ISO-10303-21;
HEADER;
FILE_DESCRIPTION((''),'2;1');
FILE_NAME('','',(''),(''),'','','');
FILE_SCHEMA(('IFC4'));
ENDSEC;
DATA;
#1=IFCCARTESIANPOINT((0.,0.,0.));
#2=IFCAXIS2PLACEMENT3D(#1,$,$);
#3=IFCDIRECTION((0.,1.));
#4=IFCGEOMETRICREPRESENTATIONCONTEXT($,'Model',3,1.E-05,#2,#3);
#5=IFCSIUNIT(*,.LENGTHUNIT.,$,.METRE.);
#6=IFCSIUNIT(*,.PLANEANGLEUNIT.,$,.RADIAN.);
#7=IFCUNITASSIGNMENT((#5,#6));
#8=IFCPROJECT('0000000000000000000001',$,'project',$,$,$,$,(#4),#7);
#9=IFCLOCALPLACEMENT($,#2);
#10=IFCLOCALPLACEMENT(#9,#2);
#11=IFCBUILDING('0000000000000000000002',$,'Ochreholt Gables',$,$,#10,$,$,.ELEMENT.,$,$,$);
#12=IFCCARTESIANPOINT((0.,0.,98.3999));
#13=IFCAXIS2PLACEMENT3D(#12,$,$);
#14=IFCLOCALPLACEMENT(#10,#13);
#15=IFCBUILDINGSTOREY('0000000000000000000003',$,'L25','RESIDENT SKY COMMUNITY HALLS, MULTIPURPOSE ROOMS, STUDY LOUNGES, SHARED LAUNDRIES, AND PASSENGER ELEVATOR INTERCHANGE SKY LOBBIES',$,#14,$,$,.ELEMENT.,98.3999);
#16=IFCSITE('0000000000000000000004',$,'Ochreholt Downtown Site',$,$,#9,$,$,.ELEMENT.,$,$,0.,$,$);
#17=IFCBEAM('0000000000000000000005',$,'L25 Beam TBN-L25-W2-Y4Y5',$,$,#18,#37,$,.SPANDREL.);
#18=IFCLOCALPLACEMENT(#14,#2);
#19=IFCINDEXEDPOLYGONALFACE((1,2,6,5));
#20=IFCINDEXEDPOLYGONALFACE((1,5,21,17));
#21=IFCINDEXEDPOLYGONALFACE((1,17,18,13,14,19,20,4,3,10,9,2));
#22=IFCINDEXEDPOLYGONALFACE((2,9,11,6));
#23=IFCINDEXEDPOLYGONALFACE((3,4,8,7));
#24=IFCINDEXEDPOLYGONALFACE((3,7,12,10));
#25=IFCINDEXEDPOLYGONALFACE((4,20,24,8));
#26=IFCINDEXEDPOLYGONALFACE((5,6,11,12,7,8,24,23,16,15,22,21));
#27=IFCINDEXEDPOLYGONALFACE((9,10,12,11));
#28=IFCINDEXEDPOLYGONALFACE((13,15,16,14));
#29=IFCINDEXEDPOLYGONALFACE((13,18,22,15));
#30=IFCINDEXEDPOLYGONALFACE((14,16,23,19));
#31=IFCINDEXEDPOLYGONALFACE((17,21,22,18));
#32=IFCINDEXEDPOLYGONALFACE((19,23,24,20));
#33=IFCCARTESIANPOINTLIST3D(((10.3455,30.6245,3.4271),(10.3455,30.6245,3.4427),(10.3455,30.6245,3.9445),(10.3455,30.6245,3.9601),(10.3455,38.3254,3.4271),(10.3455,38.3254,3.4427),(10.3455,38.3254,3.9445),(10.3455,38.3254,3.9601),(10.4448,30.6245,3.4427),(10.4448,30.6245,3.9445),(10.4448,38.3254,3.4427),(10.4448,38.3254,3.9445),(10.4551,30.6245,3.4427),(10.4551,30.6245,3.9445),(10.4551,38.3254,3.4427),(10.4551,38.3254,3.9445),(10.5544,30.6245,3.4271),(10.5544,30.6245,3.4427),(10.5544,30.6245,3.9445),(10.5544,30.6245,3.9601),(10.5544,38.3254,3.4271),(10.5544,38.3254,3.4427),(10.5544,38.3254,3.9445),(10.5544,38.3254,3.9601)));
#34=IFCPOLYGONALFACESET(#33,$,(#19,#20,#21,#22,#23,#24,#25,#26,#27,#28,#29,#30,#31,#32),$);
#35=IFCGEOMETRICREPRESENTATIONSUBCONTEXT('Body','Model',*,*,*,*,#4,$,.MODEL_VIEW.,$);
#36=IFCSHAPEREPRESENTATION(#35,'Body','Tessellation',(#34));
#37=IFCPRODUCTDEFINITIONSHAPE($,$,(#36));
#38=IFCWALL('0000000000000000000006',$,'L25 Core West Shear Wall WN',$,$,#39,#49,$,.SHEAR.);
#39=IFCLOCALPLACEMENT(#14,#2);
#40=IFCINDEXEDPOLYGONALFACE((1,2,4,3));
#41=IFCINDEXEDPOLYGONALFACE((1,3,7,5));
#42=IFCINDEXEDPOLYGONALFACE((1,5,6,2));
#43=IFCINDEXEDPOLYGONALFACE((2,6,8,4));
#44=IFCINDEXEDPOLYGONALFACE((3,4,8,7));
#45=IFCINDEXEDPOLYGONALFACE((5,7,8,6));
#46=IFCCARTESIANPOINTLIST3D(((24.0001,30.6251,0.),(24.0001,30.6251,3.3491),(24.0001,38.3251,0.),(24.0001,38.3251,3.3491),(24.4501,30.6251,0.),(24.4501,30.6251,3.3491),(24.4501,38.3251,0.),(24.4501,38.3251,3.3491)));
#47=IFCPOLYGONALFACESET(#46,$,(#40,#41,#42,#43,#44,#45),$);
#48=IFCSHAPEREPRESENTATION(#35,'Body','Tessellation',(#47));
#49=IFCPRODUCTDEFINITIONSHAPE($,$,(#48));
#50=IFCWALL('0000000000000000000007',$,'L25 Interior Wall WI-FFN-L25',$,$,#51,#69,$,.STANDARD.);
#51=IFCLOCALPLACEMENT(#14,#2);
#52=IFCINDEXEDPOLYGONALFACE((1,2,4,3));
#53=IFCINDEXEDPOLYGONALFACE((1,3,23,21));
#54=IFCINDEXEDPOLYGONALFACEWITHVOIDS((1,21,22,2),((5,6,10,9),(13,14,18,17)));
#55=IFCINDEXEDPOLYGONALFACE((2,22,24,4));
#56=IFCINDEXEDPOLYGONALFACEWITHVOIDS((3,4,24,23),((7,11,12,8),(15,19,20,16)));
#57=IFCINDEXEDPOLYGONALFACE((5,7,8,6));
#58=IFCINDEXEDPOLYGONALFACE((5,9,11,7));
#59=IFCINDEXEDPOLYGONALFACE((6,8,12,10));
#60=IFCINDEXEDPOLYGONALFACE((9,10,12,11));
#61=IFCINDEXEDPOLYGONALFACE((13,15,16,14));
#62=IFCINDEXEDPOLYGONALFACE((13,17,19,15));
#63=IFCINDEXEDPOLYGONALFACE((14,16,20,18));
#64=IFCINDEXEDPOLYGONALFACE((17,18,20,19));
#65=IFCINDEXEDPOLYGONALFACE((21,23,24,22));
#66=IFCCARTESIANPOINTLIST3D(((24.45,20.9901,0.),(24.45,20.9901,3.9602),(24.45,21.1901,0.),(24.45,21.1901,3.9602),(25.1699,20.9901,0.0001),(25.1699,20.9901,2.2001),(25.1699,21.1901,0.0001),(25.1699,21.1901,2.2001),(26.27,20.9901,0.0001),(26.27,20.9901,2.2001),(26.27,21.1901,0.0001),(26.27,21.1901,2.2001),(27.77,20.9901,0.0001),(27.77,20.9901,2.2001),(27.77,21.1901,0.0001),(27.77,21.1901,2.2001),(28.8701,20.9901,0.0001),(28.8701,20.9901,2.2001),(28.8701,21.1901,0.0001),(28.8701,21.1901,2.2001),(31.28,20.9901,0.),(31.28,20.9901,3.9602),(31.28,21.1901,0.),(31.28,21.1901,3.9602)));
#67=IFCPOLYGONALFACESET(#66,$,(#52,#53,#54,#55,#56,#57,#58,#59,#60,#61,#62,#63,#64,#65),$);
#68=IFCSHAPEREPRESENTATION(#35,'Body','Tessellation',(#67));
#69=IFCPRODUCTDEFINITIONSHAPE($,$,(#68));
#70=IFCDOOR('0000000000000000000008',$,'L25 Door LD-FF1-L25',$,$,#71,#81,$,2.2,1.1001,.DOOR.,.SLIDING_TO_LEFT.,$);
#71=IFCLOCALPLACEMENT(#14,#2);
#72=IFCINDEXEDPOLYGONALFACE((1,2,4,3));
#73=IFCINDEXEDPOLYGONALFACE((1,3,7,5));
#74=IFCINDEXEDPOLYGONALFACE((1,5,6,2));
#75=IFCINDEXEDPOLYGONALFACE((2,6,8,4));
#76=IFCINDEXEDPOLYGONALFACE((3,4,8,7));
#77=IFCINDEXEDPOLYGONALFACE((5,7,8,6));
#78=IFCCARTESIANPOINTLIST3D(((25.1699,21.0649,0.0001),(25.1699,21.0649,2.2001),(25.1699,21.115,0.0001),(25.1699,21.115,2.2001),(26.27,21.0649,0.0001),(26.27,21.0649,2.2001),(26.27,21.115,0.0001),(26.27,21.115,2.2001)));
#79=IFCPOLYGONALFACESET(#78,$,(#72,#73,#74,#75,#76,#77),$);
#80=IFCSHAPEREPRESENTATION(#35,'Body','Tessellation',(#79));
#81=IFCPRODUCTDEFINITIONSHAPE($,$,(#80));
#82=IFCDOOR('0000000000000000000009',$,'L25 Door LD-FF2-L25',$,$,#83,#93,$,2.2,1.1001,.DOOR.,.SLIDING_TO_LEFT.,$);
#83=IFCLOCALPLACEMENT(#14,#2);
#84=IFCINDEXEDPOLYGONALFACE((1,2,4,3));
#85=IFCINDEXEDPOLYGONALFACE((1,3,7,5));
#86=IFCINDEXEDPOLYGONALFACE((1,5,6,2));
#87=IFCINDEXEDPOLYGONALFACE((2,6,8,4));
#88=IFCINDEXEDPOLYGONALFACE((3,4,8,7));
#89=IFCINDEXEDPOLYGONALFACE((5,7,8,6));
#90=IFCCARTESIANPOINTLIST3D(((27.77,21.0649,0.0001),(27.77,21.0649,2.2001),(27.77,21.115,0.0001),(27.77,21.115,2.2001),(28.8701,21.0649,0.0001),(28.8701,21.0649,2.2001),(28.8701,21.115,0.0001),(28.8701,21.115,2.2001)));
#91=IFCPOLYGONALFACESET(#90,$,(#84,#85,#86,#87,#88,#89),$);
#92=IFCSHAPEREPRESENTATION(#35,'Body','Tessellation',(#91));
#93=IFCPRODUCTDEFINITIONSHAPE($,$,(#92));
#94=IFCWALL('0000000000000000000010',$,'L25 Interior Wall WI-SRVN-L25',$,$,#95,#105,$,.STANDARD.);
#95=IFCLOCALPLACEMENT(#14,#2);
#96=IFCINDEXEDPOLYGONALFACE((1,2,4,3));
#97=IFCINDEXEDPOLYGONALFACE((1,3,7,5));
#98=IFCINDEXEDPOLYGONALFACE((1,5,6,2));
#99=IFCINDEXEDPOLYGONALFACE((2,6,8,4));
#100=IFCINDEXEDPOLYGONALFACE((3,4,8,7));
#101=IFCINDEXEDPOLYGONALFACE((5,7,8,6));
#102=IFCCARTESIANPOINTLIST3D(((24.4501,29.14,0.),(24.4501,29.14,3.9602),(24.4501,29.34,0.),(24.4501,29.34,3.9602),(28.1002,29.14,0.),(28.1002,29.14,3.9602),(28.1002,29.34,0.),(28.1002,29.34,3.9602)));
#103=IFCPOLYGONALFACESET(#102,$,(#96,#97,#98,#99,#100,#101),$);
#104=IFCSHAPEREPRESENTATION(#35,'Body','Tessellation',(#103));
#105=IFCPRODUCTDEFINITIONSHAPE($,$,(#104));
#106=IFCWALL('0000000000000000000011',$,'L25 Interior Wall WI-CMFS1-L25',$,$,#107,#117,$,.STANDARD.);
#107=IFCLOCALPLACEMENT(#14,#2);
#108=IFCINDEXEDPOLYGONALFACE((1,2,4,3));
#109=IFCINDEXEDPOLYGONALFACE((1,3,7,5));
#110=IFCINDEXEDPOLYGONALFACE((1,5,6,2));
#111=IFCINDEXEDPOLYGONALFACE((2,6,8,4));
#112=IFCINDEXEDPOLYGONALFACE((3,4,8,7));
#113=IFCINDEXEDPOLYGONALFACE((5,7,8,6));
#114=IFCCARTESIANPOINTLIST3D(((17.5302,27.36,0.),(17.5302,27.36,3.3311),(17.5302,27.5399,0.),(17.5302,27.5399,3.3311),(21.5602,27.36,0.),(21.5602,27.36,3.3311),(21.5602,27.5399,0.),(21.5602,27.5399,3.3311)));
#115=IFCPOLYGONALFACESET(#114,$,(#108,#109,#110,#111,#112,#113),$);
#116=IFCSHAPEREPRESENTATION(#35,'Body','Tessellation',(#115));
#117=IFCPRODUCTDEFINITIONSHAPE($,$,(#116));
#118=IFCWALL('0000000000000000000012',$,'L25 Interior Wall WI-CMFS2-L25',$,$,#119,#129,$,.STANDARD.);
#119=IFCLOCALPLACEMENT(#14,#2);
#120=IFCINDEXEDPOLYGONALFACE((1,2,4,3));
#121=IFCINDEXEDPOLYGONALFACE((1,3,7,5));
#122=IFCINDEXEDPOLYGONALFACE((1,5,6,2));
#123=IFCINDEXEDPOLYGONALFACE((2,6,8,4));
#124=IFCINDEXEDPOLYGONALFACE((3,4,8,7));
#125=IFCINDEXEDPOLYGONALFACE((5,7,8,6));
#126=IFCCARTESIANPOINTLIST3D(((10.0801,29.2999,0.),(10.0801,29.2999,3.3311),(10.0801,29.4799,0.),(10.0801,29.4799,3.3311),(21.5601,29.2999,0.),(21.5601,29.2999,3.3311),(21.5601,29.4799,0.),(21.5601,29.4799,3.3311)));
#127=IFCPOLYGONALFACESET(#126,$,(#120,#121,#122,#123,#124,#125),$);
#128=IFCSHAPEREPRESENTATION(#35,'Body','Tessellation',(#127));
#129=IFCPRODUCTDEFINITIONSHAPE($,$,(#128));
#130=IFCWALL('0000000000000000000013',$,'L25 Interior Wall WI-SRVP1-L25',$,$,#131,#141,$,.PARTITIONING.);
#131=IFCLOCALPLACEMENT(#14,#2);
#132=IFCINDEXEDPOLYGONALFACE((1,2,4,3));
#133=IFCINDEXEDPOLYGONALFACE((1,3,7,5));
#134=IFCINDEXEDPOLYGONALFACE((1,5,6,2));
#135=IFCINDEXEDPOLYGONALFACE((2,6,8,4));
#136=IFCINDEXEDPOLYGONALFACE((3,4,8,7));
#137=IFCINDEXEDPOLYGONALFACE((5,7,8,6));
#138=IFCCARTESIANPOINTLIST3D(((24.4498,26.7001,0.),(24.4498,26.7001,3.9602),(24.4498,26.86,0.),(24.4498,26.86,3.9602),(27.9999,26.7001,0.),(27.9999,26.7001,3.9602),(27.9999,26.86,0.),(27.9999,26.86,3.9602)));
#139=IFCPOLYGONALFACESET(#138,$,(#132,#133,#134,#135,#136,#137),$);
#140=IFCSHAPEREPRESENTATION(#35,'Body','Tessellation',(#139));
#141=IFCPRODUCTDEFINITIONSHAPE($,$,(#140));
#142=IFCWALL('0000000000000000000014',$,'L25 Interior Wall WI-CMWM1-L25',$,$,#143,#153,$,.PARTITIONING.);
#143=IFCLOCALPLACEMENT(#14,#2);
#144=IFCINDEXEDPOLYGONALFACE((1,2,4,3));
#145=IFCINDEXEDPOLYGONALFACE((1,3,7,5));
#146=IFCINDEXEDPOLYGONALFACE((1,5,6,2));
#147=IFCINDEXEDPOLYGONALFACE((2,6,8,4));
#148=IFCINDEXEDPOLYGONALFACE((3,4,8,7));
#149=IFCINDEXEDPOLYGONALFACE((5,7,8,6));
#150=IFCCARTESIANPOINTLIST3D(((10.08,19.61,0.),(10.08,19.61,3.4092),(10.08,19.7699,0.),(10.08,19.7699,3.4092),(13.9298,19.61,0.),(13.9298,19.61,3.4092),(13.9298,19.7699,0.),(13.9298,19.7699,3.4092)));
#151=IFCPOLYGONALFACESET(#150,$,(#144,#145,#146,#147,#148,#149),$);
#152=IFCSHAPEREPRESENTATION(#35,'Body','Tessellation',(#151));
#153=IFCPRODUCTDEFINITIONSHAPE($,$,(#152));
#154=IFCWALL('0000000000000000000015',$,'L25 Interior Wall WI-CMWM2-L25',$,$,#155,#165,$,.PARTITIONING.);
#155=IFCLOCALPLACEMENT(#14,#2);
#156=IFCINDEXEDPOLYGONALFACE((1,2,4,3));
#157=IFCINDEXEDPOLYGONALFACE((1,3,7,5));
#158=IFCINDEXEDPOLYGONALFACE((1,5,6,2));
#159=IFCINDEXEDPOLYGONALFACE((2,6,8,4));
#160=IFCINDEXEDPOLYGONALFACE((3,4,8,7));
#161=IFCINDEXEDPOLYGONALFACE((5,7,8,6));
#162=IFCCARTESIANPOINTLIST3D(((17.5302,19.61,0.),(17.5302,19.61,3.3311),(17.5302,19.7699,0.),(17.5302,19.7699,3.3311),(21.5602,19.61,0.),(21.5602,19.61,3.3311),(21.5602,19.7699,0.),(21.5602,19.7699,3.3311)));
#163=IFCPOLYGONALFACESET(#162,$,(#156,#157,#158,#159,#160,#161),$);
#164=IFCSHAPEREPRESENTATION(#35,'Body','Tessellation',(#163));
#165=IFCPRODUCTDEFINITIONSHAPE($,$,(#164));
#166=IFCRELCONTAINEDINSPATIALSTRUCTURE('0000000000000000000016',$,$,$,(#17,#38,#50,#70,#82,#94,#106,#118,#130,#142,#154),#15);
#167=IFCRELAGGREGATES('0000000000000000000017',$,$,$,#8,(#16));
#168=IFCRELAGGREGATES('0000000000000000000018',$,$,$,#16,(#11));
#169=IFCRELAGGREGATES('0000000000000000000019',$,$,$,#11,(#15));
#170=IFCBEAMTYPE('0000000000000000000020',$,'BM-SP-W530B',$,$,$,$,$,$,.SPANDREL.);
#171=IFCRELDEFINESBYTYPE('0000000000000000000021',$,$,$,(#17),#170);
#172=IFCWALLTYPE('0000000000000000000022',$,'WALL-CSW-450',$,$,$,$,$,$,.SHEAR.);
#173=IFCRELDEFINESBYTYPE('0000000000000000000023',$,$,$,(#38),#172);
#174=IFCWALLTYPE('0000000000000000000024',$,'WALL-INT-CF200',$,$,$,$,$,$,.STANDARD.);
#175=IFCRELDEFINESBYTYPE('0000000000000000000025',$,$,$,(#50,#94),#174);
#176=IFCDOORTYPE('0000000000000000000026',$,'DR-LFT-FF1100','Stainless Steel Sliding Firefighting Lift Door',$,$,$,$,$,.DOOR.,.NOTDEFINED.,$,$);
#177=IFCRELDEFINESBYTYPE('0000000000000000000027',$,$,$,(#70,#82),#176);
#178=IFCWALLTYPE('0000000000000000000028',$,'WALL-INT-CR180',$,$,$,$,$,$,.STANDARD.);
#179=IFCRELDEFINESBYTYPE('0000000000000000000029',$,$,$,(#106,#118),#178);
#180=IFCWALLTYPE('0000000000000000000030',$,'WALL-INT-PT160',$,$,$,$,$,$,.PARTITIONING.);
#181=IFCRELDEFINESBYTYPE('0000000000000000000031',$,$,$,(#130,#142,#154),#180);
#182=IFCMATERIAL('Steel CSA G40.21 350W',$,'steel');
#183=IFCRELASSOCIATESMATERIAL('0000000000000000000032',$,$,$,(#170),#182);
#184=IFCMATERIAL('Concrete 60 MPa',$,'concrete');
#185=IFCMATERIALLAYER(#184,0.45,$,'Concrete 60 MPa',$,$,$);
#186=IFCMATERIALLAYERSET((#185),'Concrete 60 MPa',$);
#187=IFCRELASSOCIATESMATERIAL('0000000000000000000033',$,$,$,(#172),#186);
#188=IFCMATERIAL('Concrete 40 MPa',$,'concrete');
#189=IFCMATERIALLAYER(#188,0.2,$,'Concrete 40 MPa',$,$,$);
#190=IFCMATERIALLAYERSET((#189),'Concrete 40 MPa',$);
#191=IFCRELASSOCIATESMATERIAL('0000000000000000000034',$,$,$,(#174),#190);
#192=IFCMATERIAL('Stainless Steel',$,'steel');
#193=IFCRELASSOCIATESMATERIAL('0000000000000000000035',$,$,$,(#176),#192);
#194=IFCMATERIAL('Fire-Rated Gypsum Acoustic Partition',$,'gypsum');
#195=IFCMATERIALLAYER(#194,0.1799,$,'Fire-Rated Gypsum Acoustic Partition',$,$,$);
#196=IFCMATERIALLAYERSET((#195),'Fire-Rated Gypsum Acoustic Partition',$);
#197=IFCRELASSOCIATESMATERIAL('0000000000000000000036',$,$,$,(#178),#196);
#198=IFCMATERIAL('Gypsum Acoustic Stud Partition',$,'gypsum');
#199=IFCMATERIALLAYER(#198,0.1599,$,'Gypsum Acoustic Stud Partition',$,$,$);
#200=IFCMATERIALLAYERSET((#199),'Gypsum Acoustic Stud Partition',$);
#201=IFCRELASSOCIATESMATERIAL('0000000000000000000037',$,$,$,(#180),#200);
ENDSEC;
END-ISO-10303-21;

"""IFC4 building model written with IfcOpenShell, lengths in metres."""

from ifc_helpers import new_model, si_unit, direction, frame, frame_2d, origin, origin_2d, place, context, subcontext, project, spatial, rectangle, i_section, extrude, material, layer, layer_set, material_profile, profile_set, type_object, element, fill, save


model = new_model("IFC4")

# Units and contexts
model_context = context("Model", 3, precision=1e-05, world=origin(), true_north=direction((0.0, 1.0)))
body_context = subcontext(model_context, "Body", "Model", "MODEL_VIEW")
ifc_project = project(units=[si_unit("LENGTHUNIT", "METRE"), si_unit("PLANEANGLEUNIT", "RADIAN")], contexts=[model_context])

# Site, building, storey
site_placement = place(None, origin())
site = spatial("IfcSite", under=ifc_project, at=site_placement, Name="Ochreholt Downtown Site", CompositionType="ELEMENT", RefElevation=0.0)
building_placement = place(site_placement, origin())
building = spatial("IfcBuilding", under=site, at=building_placement, Name="Ochreholt Gables", CompositionType="ELEMENT")
storey_placement = place(building_placement, frame((0.0, 0.0, 98.3999)))
storey = spatial("IfcBuildingStorey", under=building, at=storey_placement, Name="L25", Description="RESIDENT SKY COMMUNITY HALLS, MULTIPURPOSE ROOMS, STUDY LOUNGES, SHARED LAUNDRIES, AND PASSENGER ELEVATOR INTERCHANGE SKY LOBBIES", CompositionType="ELEMENT", Elevation=98.3999)

# Shared definitions
ifc_material_1 = material(Name="Concrete 60 MPa", Category="concrete")

# Beam
ifc_material_2 = material(Name="Steel CSA G40.21 350W", Category="steel")
ifc_material_profile_1 = material_profile(ifc_material_2, i_section(OverallWidth=0.209, OverallDepth=0.533, WebThickness=0.0103, FlangeThickness=0.0156, at=origin_2d()), Name="W530X92")
ifc_profile_set_1 = profile_set([ifc_material_profile_1], Name="Steel CSA G40.21 350W")
beam_type_1 = type_object("IfcBeamType", Name="BM-SP-W530B", PredefinedType="SPANDREL", material=ifc_profile_set_1)
beam_1_placement = place(storey_placement, frame((10.45, 30.6245, 3.6936), z_axis=(0.0, 1.0, 0.0), x_axis=(-1.0, 0.0, 0.0)))
element("IfcBeam", 1, at=beam_1_placement, inside=storey, type_object=beam_type_1, Name="L25 Beam TBN-L25-W2-Y4Y5", PredefinedType="SPANDREL", context=body_context, shape_type="SweptSolid", body=[
    extrude(i_section(OverallWidth=0.209, OverallDepth=0.533, WebThickness=0.0103, FlangeThickness=0.0156, at=origin_2d()), origin(), (0.0, 0.0, 1.0), 7.7009),
])

# Wall
ifc_layer_1 = layer(ifc_material_1, 0.45, Name="Concrete 60 MPa")
ifc_layer_set_1 = layer_set([ifc_layer_1], Name="Concrete 60 MPa")
wall_type_1 = type_object("IfcWallType", Name="WALL-CSW-450", PredefinedType="SHEAR", material=ifc_layer_set_1)
wall_1_placement = place(storey_placement, frame((24.2251, 30.625, 0.0), z_axis=(0.0, 0.0, 1.0), x_axis=(0.0, 1.0, 0.0)))
element("IfcWall", 2, at=wall_1_placement, inside=storey, type_object=wall_type_1, Name="L25 Core West Shear Wall WN", PredefinedType="SHEAR", context=body_context, shape_type="SweptSolid", body=[
    extrude(rectangle(XDim=7.7, YDim=0.45, at=frame_2d((3.8501, 0.0))), origin(), (0.0, 0.0, 1.0), 3.3491),
])

# Wall, openings, doors
ifc_material_3 = material(Name="Concrete 40 MPa", Category="concrete")
ifc_layer_2 = layer(ifc_material_3, 0.2, Name="Concrete 40 MPa")
ifc_layer_set_2 = layer_set([ifc_layer_2], Name="Concrete 40 MPa")
wall_type_2 = type_object("IfcWallType", Name="WALL-INT-CF200", PredefinedType="STANDARD", material=ifc_layer_set_2)
wall_2_placement = place(storey_placement, frame((24.45, 21.0901, 0.0), z_axis=(0.0, 0.0, 1.0), x_axis=(1.0, 0.0, 0.0)))
wall_2 = element("IfcWall", 3, at=wall_2_placement, inside=storey, type_object=wall_type_2, Name="L25 Interior Wall WI-FFN-L25", PredefinedType="STANDARD", context=body_context, shape_type="SweptSolid", body=[
    extrude(rectangle(XDim=6.8301, YDim=0.2, at=frame_2d((3.415, 0.0))), origin(), (0.0, 0.0, 1.0), 3.9602),
])
opening_1_placement = place(wall_2_placement, frame((0.72, 0.0, 0.0)))
opening_1 = element("IfcOpeningElement", 4, at=opening_1_placement, cuts=wall_2, PredefinedType="OPENING", context=body_context, shape_type="SweptSolid", body=[
    extrude(rectangle(XDim=1.1001, YDim=2.2, at=frame_2d((0.55, 1.1001))), frame((0.0, 0.1099, 0.0), z_axis=(0.0, -1.0, 0.0), x_axis=(1.0, 0.0, 0.0)), (0.0, 0.0, 1.0), 0.22),
])
opening_2_placement = place(wall_2_placement, frame((3.3201, 0.0, 0.0)))
opening_2 = element("IfcOpeningElement", 5, at=opening_2_placement, cuts=wall_2, PredefinedType="OPENING", context=body_context, shape_type="SweptSolid", body=[
    extrude(rectangle(XDim=1.1001, YDim=2.2, at=frame_2d((0.55, 1.1001))), frame((0.0, 0.1099, 0.0), z_axis=(0.0, -1.0, 0.0), x_axis=(1.0, 0.0, 0.0)), (0.0, 0.0, 1.0), 0.22),
])
ifc_material_4 = material(Name="Stainless Steel", Category="steel")
door_type_1 = type_object("IfcDoorType", Name="DR-LFT-FF1100", Description="Stainless Steel Sliding Firefighting Lift Door", OperationType="NOTDEFINED", PredefinedType="DOOR", material=ifc_material_4)
door_1_placement = place(opening_1_placement, origin())
door_1 = element("IfcDoor", 6, at=door_1_placement, inside=storey, type_object=door_type_1, Name="L25 Door LD-FF1-L25", OperationType="SLIDING_TO_LEFT", OverallHeight=2.2, OverallWidth=1.1001, PredefinedType="DOOR", context=body_context, shape_type="SweptSolid", body=[
    extrude(rectangle(XDim=1.1001, YDim=2.2, at=frame_2d((0.55, 1.1001))), frame((0.0, 0.0249, 0.0), z_axis=(0.0, -1.0, 0.0), x_axis=(1.0, 0.0, 0.0)), (0.0, 0.0, 1.0), 0.05),
])
fill(opening_1, door_1)
door_2_placement = place(opening_2_placement, origin())
door_2 = element("IfcDoor", 7, at=door_2_placement, inside=storey, type_object=door_type_1, Name="L25 Door LD-FF2-L25", OperationType="SLIDING_TO_LEFT", OverallHeight=2.2, OverallWidth=1.1001, PredefinedType="DOOR", context=body_context, shape_type="SweptSolid", body=[
    extrude(rectangle(XDim=1.1001, YDim=2.2, at=frame_2d((0.55, 1.1001))), frame((0.0, 0.0249, 0.0), z_axis=(0.0, -1.0, 0.0), x_axis=(1.0, 0.0, 0.0)), (0.0, 0.0, 1.0), 0.05),
])
fill(opening_2, door_2)

# Walls
wall_3_placement = place(storey_placement, frame((24.45, 29.24, 0.0), z_axis=(0.0, 0.0, 1.0), x_axis=(1.0, 0.0, 0.0)))
element("IfcWall", 8, at=wall_3_placement, inside=storey, type_object=wall_type_2, Name="L25 Interior Wall WI-SRVN-L25", PredefinedType="STANDARD", context=body_context, shape_type="SweptSolid", body=[
    extrude(rectangle(XDim=3.6501, YDim=0.2, at=frame_2d((1.8252, 0.0))), origin(), (0.0, 0.0, 1.0), 3.9602),
])
ifc_material_5 = material(Name="Fire-Rated Gypsum Acoustic Partition", Category="gypsum")
ifc_layer_3 = layer(ifc_material_5, 0.1799, Name="Fire-Rated Gypsum Acoustic Partition")
ifc_layer_set_3 = layer_set([ifc_layer_3], Name="Fire-Rated Gypsum Acoustic Partition")
wall_type_3 = type_object("IfcWallType", Name="WALL-INT-CR180", PredefinedType="STANDARD", material=ifc_layer_set_3)
wall_4_placement = place(storey_placement, frame((17.53, 27.45, 0.0), z_axis=(0.0, 0.0, 1.0), x_axis=(1.0, 0.0, 0.0)))
element("IfcWall", 9, at=wall_4_placement, inside=storey, type_object=wall_type_3, Name="L25 Interior Wall WI-CMFS1-L25", PredefinedType="STANDARD", context=body_context, shape_type="SweptSolid", body=[
    extrude(rectangle(XDim=4.03, YDim=0.1799, at=frame_2d((2.0151, 0.0))), origin(), (0.0, 0.0, 1.0), 3.3311),
])
wall_5_placement = place(storey_placement, frame((10.0801, 29.3899, 0.0), z_axis=(0.0, 0.0, 1.0), x_axis=(1.0, 0.0, 0.0)))
element("IfcWall", 10, at=wall_5_placement, inside=storey, type_object=wall_type_3, Name="L25 Interior Wall WI-CMFS2-L25", PredefinedType="STANDARD", context=body_context, shape_type="SweptSolid", body=[
    extrude(rectangle(XDim=11.48, YDim=0.1799, at=frame_2d((5.74, 0.0))), origin(), (0.0, 0.0, 1.0), 3.3311),
])

# Walls
ifc_material_6 = material(Name="Gypsum Acoustic Stud Partition", Category="gypsum")
ifc_layer_4 = layer(ifc_material_6, 0.1599, Name="Gypsum Acoustic Stud Partition")
ifc_layer_set_4 = layer_set([ifc_layer_4], Name="Gypsum Acoustic Stud Partition")
wall_type_4 = type_object("IfcWallType", Name="WALL-INT-PT160", PredefinedType="PARTITIONING", material=ifc_layer_set_4)
wall_6_placement = place(storey_placement, frame((24.45, 26.78, 0.0), z_axis=(0.0, 0.0, 1.0), x_axis=(1.0, 0.0, 0.0)))
element("IfcWall", 11, at=wall_6_placement, inside=storey, type_object=wall_type_4, Name="L25 Interior Wall WI-SRVP1-L25", PredefinedType="PARTITIONING", context=body_context, shape_type="SweptSolid", body=[
    extrude(rectangle(XDim=3.55, YDim=0.1599, at=frame_2d((1.7749, 0.0))), origin(), (0.0, 0.0, 1.0), 3.9602),
])
wall_7_placement = place(storey_placement, frame((10.0801, 19.6899, 0.0), z_axis=(0.0, 0.0, 1.0), x_axis=(1.0, 0.0, 0.0)))
element("IfcWall", 12, at=wall_7_placement, inside=storey, type_object=wall_type_4, Name="L25 Interior Wall WI-CMWM1-L25", PredefinedType="PARTITIONING", context=body_context, shape_type="SweptSolid", body=[
    extrude(rectangle(XDim=3.8499, YDim=0.1599, at=frame_2d((1.9248, 0.0))), origin(), (0.0, 0.0, 1.0), 3.4092),
])
wall_8_placement = place(storey_placement, frame((17.53, 19.6899, 0.0), z_axis=(0.0, 0.0, 1.0), x_axis=(1.0, 0.0, 0.0)))
element("IfcWall", 13, at=wall_8_placement, inside=storey, type_object=wall_type_4, Name="L25 Interior Wall WI-CMWM2-L25", PredefinedType="PARTITIONING", context=body_context, shape_type="SweptSolid", body=[
    extrude(rectangle(XDim=4.03, YDim=0.1599, at=frame_2d((2.0151, 0.0))), origin(), (0.0, 0.0, 1.0), 3.3311),
])

save(model, "model.ifc")
